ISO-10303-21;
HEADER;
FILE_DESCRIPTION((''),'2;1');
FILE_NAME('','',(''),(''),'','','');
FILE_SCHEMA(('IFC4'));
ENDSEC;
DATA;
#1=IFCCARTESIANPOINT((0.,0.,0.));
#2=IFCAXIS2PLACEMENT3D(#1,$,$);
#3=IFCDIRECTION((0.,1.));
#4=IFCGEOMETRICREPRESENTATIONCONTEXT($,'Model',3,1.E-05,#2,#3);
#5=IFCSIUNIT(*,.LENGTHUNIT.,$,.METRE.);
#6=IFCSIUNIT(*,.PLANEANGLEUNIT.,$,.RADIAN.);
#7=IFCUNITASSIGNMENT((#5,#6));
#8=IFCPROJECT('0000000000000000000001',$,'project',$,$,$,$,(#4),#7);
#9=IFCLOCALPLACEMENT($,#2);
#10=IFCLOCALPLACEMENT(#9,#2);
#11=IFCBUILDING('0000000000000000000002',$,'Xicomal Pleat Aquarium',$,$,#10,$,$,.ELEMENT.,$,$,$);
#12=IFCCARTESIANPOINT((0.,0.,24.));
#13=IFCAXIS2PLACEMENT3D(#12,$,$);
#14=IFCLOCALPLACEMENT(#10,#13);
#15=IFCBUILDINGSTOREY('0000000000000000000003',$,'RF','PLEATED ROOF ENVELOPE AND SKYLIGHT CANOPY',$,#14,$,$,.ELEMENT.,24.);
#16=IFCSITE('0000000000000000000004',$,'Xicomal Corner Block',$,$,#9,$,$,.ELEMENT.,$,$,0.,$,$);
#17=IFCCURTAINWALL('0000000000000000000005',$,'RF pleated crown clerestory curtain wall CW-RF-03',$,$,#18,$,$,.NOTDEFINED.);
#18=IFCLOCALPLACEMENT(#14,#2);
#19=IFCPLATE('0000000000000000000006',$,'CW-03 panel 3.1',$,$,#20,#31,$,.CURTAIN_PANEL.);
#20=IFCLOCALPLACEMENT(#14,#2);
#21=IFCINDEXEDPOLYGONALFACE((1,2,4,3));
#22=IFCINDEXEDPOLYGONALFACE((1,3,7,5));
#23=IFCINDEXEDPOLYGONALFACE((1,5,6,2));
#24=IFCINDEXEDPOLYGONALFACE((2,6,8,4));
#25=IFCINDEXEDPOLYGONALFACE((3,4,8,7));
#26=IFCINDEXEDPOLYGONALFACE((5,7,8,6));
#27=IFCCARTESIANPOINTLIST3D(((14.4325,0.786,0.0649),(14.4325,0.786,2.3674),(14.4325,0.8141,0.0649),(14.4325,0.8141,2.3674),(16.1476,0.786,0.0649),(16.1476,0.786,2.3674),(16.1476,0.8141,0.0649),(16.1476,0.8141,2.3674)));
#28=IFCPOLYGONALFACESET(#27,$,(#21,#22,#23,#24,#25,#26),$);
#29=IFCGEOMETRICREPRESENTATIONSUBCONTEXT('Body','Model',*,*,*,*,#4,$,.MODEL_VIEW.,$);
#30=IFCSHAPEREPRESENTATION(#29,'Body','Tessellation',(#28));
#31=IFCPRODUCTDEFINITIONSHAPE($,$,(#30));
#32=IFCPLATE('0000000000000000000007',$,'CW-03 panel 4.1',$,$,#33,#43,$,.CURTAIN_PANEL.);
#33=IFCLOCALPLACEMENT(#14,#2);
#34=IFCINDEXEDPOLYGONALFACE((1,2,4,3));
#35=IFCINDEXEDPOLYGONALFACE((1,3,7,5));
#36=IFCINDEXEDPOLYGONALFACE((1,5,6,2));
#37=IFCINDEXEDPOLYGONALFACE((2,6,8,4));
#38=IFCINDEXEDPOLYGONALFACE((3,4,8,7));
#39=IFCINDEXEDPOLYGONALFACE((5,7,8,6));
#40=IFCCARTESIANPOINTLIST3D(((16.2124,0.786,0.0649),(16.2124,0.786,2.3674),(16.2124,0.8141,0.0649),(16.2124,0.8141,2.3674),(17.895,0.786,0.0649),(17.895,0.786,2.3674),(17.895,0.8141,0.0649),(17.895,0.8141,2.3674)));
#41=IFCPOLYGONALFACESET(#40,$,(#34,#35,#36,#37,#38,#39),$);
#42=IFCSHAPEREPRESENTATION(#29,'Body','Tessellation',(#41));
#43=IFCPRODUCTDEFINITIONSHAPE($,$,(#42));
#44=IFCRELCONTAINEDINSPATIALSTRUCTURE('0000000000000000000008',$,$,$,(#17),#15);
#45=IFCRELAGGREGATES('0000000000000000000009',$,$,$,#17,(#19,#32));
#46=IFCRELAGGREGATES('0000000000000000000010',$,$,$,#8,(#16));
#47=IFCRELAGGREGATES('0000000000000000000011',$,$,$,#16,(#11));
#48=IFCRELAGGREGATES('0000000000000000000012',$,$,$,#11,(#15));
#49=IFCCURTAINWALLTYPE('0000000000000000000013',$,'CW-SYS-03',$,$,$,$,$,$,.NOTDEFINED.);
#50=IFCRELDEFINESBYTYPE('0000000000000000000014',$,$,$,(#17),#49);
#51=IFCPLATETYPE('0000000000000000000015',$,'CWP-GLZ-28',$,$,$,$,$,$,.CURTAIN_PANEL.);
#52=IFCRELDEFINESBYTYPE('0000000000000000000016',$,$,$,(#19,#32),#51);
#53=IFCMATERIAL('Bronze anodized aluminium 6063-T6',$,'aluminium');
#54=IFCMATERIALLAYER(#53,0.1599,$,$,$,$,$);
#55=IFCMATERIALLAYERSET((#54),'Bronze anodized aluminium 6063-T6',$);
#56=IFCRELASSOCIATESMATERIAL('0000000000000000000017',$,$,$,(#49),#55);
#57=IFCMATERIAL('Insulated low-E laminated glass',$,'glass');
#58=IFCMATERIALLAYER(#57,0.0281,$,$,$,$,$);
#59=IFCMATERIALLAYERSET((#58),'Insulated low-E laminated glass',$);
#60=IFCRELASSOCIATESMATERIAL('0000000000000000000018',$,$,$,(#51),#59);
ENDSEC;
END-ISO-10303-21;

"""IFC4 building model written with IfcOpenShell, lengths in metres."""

from ifc_helpers import new_model, si_unit, direction, frame, origin, origin_2d, place, context, subcontext, project, spatial, rectangle, extrude, material, layer, layer_set, type_object, element, aggregate, save


model = new_model("IFC4")

# Units and contexts
model_context = context("Model", 3, precision=1e-05, world=origin(), true_north=direction((0.0, 1.0)))
body_context = subcontext(model_context, "Body", "Model", "MODEL_VIEW")
ifc_project = project(units=[si_unit("LENGTHUNIT", "METRE"), si_unit("PLANEANGLEUNIT", "RADIAN")], contexts=[model_context])

# Site, building, storey
site_placement = place(None, origin())
site = spatial("IfcSite", under=ifc_project, at=site_placement, Name="Xicomal Corner Block", CompositionType="ELEMENT", RefElevation=0.0)
building_placement = place(site_placement, origin())
building = spatial("IfcBuilding", under=site, at=building_placement, Name="Xicomal Pleat Aquarium", CompositionType="ELEMENT")
storey_placement = place(building_placement, frame((0.0, 0.0, 24.0)))
storey = spatial("IfcBuildingStorey", under=building, at=storey_placement, Name="RF", Description="PLEATED ROOF ENVELOPE AND SKYLIGHT CANOPY", CompositionType="ELEMENT", Elevation=24.0)

# Curtain wall, plates
ifc_material_1 = material(Name="Bronze anodized aluminium 6063-T6", Category="aluminium")
ifc_layer_1 = layer(ifc_material_1, 0.1599)
ifc_layer_set_1 = layer_set([ifc_layer_1], Name="Bronze anodized aluminium 6063-T6")
curtain_wall_type = type_object("IfcCurtainWallType", Name="CW-SYS-03", PredefinedType="NOTDEFINED", material=ifc_layer_set_1)
curtain_wall_placement = place(storey_placement, origin())
curtain_wall = element("IfcCurtainWall", 1, at=curtain_wall_placement, inside=storey, type_object=curtain_wall_type, Name="RF pleated crown clerestory curtain wall CW-RF-03", PredefinedType="NOTDEFINED")
ifc_material_2 = material(Name="Insulated low-E laminated glass", Category="glass")
ifc_layer_2 = layer(ifc_material_2, 0.0281)
ifc_layer_set_2 = layer_set([ifc_layer_2], Name="Insulated low-E laminated glass")
plate_type = type_object("IfcPlateType", Name="CWP-GLZ-28", PredefinedType="CURTAIN_PANEL", material=ifc_layer_set_2)
plate_1_placement = place(storey_placement, frame((15.29, 0.8, 0.0649), z_axis=(0.0, 0.0, 1.0), x_axis=(1.0, 0.0, 0.0)))
plate_1 = element("IfcPlate", 2, at=plate_1_placement, type_object=plate_type, Name="CW-03 panel 3.1", PredefinedType="CURTAIN_PANEL", context=body_context, shape_type="SweptSolid", body=[
    extrude(rectangle(XDim=1.7151, YDim=0.0281, at=origin_2d()), origin(), (0.0, 0.0, 1.0), 2.3025),
])
plate_2_placement = place(storey_placement, frame((17.0537, 0.8, 0.0649), z_axis=(0.0, 0.0, 1.0), x_axis=(1.0, 0.0, 0.0)))
plate_2 = element("IfcPlate", 3, at=plate_2_placement, type_object=plate_type, Name="CW-03 panel 4.1", PredefinedType="CURTAIN_PANEL", context=body_context, shape_type="SweptSolid", body=[
    extrude(rectangle(XDim=1.6826, YDim=0.0281, at=origin_2d()), origin(), (0.0, 0.0, 1.0), 2.3025),
])
aggregate(curtain_wall, [plate_1, plate_2])

save(model, "model.ifc")
